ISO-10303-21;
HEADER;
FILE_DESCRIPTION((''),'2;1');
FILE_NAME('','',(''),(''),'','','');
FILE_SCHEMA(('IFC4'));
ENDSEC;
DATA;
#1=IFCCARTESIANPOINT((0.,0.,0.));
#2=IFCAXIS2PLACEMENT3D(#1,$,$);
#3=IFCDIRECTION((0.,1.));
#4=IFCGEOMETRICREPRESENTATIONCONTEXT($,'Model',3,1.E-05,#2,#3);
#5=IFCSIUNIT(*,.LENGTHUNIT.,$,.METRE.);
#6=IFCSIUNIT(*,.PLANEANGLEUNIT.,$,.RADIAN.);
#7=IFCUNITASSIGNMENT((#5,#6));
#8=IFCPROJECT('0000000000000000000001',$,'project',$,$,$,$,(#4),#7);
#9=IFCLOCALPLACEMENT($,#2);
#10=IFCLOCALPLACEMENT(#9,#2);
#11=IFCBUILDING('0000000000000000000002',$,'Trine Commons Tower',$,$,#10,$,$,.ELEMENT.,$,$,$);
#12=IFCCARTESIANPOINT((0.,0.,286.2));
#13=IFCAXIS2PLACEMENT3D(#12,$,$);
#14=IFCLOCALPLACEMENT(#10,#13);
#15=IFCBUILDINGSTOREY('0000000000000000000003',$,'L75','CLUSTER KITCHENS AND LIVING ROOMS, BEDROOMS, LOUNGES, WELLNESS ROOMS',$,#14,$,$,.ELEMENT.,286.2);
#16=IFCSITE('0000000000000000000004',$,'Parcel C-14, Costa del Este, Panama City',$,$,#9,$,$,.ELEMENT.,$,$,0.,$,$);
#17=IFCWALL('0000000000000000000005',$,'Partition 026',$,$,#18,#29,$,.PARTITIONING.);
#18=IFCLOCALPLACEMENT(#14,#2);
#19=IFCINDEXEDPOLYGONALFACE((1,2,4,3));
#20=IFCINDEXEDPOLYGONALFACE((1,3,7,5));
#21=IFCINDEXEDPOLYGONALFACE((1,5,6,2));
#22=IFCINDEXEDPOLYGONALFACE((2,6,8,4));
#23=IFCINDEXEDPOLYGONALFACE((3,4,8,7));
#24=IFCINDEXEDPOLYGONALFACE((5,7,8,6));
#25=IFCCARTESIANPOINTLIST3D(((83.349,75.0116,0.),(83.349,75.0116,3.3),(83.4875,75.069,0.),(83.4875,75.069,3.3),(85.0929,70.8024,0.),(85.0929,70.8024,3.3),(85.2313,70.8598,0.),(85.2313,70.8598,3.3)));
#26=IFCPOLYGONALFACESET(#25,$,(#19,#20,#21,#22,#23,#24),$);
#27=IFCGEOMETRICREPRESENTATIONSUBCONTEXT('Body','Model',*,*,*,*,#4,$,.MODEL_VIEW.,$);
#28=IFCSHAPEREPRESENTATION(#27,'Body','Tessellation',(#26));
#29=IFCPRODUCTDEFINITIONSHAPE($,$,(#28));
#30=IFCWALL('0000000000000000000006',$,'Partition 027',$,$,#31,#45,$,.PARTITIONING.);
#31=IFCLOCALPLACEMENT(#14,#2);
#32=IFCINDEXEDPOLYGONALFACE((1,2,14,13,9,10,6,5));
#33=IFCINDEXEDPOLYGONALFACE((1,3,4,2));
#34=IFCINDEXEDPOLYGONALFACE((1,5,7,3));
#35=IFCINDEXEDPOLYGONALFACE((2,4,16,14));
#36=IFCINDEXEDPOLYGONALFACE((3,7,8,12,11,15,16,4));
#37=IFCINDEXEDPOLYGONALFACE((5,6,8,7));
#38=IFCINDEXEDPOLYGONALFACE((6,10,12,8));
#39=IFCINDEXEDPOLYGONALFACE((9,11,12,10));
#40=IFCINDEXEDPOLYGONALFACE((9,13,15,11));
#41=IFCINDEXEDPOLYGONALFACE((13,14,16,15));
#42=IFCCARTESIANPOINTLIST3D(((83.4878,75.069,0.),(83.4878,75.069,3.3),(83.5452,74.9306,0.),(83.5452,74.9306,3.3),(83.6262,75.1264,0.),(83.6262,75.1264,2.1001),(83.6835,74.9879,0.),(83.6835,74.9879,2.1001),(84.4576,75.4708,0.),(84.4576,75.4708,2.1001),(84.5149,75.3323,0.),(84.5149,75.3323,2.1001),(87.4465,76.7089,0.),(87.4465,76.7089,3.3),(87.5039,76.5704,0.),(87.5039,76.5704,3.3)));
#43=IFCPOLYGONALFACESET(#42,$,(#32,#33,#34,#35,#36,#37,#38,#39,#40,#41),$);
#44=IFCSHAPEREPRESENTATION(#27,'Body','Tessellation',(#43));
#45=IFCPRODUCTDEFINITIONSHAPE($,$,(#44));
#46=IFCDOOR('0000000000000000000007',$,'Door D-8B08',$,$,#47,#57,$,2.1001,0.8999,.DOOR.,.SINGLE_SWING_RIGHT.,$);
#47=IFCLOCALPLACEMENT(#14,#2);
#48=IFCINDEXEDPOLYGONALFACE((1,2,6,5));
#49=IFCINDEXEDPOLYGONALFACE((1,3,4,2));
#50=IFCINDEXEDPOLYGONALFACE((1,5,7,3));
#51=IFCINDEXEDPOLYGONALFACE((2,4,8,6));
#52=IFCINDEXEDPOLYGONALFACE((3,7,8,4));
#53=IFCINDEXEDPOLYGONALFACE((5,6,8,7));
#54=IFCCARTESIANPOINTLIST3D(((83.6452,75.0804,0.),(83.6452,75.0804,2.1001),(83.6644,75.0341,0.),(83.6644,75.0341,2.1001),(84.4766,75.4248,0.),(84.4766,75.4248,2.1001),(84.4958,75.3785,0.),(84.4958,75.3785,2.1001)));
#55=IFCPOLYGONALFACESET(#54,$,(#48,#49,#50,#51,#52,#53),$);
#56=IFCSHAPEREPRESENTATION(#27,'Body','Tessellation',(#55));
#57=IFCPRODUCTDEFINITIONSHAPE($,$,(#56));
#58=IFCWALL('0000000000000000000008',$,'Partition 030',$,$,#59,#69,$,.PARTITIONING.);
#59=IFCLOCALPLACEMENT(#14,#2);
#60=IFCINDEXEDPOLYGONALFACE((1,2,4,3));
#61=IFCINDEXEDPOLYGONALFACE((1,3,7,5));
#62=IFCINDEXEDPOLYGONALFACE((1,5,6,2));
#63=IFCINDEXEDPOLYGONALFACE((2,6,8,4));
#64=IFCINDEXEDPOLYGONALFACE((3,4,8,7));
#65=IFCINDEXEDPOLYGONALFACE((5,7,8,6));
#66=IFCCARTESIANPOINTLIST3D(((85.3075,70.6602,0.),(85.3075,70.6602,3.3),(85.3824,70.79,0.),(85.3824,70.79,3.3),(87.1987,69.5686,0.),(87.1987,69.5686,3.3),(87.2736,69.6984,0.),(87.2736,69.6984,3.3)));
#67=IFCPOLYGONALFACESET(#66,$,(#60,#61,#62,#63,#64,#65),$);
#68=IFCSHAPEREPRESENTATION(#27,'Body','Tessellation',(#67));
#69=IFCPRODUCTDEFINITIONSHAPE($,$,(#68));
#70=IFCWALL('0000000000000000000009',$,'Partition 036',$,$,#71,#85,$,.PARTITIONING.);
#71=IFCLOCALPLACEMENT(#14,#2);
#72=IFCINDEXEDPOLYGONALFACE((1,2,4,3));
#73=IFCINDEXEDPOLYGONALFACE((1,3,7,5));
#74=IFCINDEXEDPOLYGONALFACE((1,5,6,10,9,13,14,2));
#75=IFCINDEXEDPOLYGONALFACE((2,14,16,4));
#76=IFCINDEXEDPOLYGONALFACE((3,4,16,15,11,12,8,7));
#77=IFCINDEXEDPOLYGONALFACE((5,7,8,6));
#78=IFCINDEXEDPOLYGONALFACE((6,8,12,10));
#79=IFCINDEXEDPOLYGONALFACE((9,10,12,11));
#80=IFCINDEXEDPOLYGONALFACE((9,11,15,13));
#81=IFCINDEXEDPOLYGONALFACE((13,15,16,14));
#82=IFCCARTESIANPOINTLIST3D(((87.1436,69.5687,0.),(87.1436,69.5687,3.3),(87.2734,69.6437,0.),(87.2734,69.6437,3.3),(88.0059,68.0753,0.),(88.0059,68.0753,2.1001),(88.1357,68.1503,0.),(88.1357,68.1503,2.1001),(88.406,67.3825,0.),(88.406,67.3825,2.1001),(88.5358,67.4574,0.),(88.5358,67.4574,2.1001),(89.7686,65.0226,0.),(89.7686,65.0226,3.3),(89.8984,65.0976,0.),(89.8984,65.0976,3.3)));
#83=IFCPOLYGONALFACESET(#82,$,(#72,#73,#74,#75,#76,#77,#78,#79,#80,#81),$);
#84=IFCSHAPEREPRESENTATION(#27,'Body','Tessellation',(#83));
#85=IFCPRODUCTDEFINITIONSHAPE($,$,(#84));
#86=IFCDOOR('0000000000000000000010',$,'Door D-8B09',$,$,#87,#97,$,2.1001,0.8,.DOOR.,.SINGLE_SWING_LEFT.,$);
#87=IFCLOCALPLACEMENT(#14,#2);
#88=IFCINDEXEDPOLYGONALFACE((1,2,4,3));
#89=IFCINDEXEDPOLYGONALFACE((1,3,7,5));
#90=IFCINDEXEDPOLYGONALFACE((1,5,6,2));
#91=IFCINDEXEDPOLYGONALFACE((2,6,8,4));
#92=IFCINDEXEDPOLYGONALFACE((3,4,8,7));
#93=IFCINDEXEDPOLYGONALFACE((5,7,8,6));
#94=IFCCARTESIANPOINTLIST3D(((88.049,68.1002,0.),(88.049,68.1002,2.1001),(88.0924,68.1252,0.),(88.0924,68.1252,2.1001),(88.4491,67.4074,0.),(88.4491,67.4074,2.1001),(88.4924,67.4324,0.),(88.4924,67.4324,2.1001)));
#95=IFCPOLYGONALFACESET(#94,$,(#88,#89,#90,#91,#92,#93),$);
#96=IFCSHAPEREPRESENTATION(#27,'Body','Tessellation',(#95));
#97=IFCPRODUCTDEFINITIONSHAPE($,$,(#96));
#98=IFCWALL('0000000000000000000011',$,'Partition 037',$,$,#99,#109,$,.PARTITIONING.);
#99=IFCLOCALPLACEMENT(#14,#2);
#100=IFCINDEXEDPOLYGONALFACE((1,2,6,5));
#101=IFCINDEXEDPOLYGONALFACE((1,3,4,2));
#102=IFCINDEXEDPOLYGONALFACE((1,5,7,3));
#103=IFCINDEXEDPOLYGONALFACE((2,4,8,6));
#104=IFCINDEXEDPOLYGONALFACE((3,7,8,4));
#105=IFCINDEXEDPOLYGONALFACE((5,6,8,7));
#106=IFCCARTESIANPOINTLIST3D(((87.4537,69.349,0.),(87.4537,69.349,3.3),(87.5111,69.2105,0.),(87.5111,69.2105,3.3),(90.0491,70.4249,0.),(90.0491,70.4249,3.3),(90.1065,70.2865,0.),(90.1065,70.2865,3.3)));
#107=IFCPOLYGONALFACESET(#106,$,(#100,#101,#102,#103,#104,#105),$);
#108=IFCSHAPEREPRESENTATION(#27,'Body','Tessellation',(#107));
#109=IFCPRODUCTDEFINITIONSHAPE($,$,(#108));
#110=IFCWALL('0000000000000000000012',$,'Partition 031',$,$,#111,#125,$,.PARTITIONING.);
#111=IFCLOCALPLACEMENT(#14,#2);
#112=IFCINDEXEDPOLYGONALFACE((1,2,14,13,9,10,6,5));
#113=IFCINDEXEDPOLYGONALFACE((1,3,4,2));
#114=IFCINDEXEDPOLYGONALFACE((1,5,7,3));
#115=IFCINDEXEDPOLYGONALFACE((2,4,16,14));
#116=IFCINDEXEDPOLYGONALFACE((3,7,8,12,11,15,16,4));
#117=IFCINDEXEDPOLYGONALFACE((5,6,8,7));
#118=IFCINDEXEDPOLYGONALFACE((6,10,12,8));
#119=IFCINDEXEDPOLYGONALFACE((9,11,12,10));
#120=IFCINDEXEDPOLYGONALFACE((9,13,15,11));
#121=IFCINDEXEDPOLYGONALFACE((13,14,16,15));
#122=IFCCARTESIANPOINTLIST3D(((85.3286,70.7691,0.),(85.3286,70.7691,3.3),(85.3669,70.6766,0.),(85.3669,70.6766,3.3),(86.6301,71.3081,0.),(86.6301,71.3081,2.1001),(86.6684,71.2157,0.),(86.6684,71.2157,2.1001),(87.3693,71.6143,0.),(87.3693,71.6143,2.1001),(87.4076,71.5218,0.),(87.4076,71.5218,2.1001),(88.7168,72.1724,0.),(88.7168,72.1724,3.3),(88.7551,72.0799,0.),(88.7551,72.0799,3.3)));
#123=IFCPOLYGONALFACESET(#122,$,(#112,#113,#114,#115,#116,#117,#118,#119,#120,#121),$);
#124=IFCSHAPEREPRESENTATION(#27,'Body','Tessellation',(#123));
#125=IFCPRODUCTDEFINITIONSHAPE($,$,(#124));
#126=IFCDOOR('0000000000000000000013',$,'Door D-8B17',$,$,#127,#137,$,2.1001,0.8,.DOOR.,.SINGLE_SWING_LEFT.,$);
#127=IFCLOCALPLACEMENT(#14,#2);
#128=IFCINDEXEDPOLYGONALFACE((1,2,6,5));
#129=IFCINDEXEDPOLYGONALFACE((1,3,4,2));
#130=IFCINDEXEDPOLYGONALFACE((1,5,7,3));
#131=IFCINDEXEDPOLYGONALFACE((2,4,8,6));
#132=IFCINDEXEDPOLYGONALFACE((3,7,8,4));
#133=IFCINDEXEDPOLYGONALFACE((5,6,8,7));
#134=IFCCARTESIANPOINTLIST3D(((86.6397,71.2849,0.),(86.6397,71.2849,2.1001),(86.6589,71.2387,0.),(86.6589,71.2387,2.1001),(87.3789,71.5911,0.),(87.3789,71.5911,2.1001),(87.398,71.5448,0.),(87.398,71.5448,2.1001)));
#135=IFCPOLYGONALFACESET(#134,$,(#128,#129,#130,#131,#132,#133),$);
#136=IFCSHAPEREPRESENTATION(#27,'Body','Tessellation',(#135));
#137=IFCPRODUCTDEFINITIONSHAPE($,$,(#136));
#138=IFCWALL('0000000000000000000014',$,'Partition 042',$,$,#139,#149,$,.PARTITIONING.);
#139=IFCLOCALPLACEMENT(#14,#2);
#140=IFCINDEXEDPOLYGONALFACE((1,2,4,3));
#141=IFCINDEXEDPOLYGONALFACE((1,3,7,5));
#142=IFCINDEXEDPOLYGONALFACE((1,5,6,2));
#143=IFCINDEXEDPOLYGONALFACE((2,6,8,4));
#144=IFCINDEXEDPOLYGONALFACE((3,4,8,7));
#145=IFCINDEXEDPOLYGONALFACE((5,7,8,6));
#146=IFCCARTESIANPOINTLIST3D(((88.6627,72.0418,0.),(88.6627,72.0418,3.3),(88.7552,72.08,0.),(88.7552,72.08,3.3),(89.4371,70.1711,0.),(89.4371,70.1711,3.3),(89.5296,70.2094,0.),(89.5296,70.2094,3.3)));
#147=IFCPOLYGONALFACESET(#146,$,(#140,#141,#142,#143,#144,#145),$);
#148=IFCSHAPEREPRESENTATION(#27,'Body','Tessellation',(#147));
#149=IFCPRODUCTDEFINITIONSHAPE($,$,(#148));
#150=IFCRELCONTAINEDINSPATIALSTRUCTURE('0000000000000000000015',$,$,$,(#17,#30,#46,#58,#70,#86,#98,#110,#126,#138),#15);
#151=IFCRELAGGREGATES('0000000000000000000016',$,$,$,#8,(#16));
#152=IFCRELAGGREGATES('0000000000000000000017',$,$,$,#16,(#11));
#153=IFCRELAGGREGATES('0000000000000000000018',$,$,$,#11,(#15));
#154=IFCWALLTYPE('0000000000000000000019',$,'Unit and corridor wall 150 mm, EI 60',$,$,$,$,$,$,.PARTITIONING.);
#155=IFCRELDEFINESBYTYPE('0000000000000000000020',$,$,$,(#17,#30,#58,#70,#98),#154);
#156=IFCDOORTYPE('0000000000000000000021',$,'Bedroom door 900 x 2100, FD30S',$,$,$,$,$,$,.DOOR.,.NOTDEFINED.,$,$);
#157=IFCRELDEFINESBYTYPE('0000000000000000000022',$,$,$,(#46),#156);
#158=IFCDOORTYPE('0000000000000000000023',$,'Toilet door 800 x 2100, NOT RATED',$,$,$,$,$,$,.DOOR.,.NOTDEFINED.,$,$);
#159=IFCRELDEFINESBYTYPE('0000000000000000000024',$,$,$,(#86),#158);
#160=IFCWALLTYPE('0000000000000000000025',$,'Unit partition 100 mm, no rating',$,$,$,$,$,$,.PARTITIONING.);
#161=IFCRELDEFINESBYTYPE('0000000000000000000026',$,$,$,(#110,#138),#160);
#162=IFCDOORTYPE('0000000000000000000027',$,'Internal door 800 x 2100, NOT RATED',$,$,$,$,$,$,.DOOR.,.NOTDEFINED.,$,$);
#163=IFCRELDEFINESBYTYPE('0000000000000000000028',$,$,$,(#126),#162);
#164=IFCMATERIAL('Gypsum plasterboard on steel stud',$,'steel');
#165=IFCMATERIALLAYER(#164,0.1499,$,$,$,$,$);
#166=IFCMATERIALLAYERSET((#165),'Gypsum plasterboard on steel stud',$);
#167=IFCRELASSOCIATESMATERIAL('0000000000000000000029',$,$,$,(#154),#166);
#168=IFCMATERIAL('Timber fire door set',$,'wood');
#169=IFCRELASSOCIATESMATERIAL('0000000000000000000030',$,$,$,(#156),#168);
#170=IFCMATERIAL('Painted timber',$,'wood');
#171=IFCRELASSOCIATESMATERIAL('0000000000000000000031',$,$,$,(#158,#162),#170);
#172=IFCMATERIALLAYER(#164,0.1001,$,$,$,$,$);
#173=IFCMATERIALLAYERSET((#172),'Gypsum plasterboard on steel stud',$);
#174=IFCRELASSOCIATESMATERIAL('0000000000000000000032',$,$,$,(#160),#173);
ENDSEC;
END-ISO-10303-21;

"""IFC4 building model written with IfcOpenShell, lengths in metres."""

from ifc_helpers import new_model, si_unit, direction, frame, frame_2d, origin, place, context, subcontext, project, spatial, rectangle, extrude, material, layer, layer_set, type_object, element, fill, save


model = new_model("IFC4")

# Units and contexts
model_context = context("Model", 3, precision=1e-05, world=origin(), true_north=direction((0.0, 1.0)))
body_context = subcontext(model_context, "Body", "Model", "MODEL_VIEW")
ifc_project = project(units=[si_unit("LENGTHUNIT", "METRE"), si_unit("PLANEANGLEUNIT", "RADIAN")], contexts=[model_context])

# Site, building, storey
site_placement = place(None, origin())
site = spatial("IfcSite", under=ifc_project, at=site_placement, Name="Parcel C-14, Costa del Este, Panama City", CompositionType="ELEMENT", RefElevation=0.0)
building_placement = place(site_placement, origin())
building = spatial("IfcBuilding", under=site, at=building_placement, Name="Trine Commons Tower", CompositionType="ELEMENT")
storey_placement = place(building_placement, frame((0.0, 0.0, 286.2)))
storey = spatial("IfcBuildingStorey", under=building, at=storey_placement, Name="L75", Description="CLUSTER KITCHENS AND LIVING ROOMS, BEDROOMS, LOUNGES, WELLNESS ROOMS", CompositionType="ELEMENT", Elevation=286.2)

# Wall
ifc_material_1 = material(Name="Gypsum plasterboard on steel stud", Category="steel")
ifc_layer_1 = layer(ifc_material_1, 0.1499)
ifc_layer_set_1 = layer_set([ifc_layer_1], Name="Gypsum plasterboard on steel stud")
wall_type_1 = type_object("IfcWallType", Name="Unit and corridor wall 150 mm, EI 60", PredefinedType="PARTITIONING", material=ifc_layer_set_1)
wall_1_placement = place(storey_placement, frame((83.4182, 75.0403, 0.0), z_axis=(0.0, 0.0, 1.0), x_axis=(0.382754, -0.92385, 0.0)))
element("IfcWall", 1, at=wall_1_placement, inside=storey, type_object=wall_type_1, Name="Partition 026", PredefinedType="PARTITIONING", context=body_context, shape_type="SweptSolid", body=[
    extrude(rectangle(XDim=4.5562, YDim=0.1499, at=frame_2d((2.2781, 0.0))), origin(), (0.0, 0.0, 1.0), 3.3),
])

# Wall, opening, door
wall_2_placement = place(storey_placement, frame((83.5164, 74.9998, 0.0), z_axis=(0.0, 0.0, 1.0), x_axis=(0.923869, 0.382709, 0.0)))
wall_2 = element("IfcWall", 2, at=wall_2_placement, inside=storey, type_object=wall_type_1, Name="Partition 027", PredefinedType="PARTITIONING", context=body_context, shape_type="SweptSolid", body=[
    extrude(rectangle(XDim=4.2849, YDim=0.1499, at=frame_2d((2.1426, 0.0))), origin(), (0.0, 0.0, 1.0), 3.3),
])
opening_1_placement = place(wall_2_placement, frame((0.1499, 0.0, 0.0)))
opening_1 = element("IfcOpeningElement", 3, at=opening_1_placement, cuts=wall_2, PredefinedType="OPENING", context=body_context, shape_type="SweptSolid", body=[
    extrude(rectangle(XDim=0.8999, YDim=2.1001, at=frame_2d((0.45, 1.05))), frame((0.0, 0.085, 0.0), z_axis=(0.0, -1.0, 0.0), x_axis=(1.0, 0.0, 0.0)), (0.0, 0.0, 1.0), 0.1699),
])
ifc_material_2 = material(Name="Timber fire door set", Category="wood")
door_type_1 = type_object("IfcDoorType", Name="Bedroom door 900 x 2100, FD30S", OperationType="NOTDEFINED", PredefinedType="DOOR", material=ifc_material_2)
door_1_placement = place(opening_1_placement, frame((0.8999, 0.0, 0.0), z_axis=(0.0, 0.0, 1.0), x_axis=(-1.0, 0.0, 0.0)))
door_1 = element("IfcDoor", 4, at=door_1_placement, inside=storey, type_object=door_type_1, Name="Door D-8B08", OperationType="SINGLE_SWING_RIGHT", OverallHeight=2.1001, OverallWidth=0.8999, PredefinedType="DOOR", context=body_context, shape_type="SweptSolid", body=[
    extrude(rectangle(XDim=0.8999, YDim=2.1001, at=frame_2d((0.45, 1.05))), frame((0.0, 0.0249, 0.0), z_axis=(0.0, -1.0, 0.0), x_axis=(1.0, 0.0, 0.0)), (0.0, 0.0, 1.0), 0.05),
])
fill(opening_1, door_1)

# Wall
wall_3_placement = place(storey_placement, frame((85.345, 70.7251, 0.0), z_axis=(0.0, 0.0, 1.0), x_axis=(0.866081, -0.499903, 0.0)))
element("IfcWall", 5, at=wall_3_placement, inside=storey, type_object=wall_type_1, Name="Partition 030", PredefinedType="PARTITIONING", context=body_context, shape_type="SweptSolid", body=[
    extrude(rectangle(XDim=2.1836, YDim=0.1499, at=frame_2d((1.0918, 0.0))), origin(), (0.0, 0.0, 1.0), 3.3),
])

# Wall, opening, door
wall_4_placement = place(storey_placement, frame((87.2085, 69.6062, 0.0), z_axis=(0.0, 0.0, 1.0), x_axis=(0.50004, -0.866002, 0.0)))
wall_4 = element("IfcWall", 6, at=wall_4_placement, inside=storey, type_object=wall_type_1, Name="Partition 036", PredefinedType="PARTITIONING", context=body_context, shape_type="SweptSolid", body=[
    extrude(rectangle(XDim=5.2495, YDim=0.1499, at=frame_2d((2.6248, 0.0))), origin(), (0.0, 0.0, 1.0), 3.3),
])
opening_2_placement = place(wall_4_placement, frame((1.7246, 0.0, 0.0)))
opening_2 = element("IfcOpeningElement", 7, at=opening_2_placement, cuts=wall_4, PredefinedType="OPENING", context=body_context, shape_type="SweptSolid", body=[
    extrude(rectangle(XDim=0.8, YDim=2.1001, at=frame_2d((0.3999, 1.05))), frame((0.0, 0.085, 0.0), z_axis=(0.0, -1.0, 0.0), x_axis=(1.0, 0.0, 0.0)), (0.0, 0.0, 1.0), 0.1699),
])
ifc_material_3 = material(Name="Painted timber", Category="wood")
door_type_2 = type_object("IfcDoorType", Name="Toilet door 800 x 2100, NOT RATED", OperationType="NOTDEFINED", PredefinedType="DOOR", material=ifc_material_3)
door_2_placement = place(opening_2_placement, origin())
door_2 = element("IfcDoor", 8, at=door_2_placement, inside=storey, type_object=door_type_2, Name="Door D-8B09", OperationType="SINGLE_SWING_LEFT", OverallHeight=2.1001, OverallWidth=0.8, PredefinedType="DOOR", context=body_context, shape_type="SweptSolid", body=[
    extrude(rectangle(XDim=0.8, YDim=2.1001, at=frame_2d((0.3999, 1.05))), frame((0.0, 0.0249, 0.0), z_axis=(0.0, -1.0, 0.0), x_axis=(1.0, 0.0, 0.0)), (0.0, 0.0, 1.0), 0.05),
])
fill(opening_2, door_2)

# Wall
wall_5_placement = place(storey_placement, frame((87.4824, 69.2798, 0.0), z_axis=(0.0, 0.0, 1.0), x_axis=(0.923772, 0.382943, 0.0)))
element("IfcWall", 9, at=wall_5_placement, inside=storey, type_object=wall_type_1, Name="Partition 037", PredefinedType="PARTITIONING", context=body_context, shape_type="SweptSolid", body=[
    extrude(rectangle(XDim=2.8096, YDim=0.1499, at=frame_2d((1.4048, 0.0))), origin(), (0.0, 0.0, 1.0), 3.3),
])

# Wall, opening, door
ifc_layer_2 = layer(ifc_material_1, 0.1001)
ifc_layer_set_2 = layer_set([ifc_layer_2], Name="Gypsum plasterboard on steel stud")
wall_type_2 = type_object("IfcWallType", Name="Unit partition 100 mm, no rating", PredefinedType="PARTITIONING", material=ifc_layer_set_2)
wall_6_placement = place(storey_placement, frame((85.3479, 70.7229, 0.0), z_axis=(0.0, 0.0, 1.0), x_axis=(0.92389, 0.382658, 0.0)))
wall_6 = element("IfcWall", 10, at=wall_6_placement, inside=storey, type_object=wall_type_2, Name="Partition 031", PredefinedType="PARTITIONING", context=body_context, shape_type="SweptSolid", body=[
    extrude(rectangle(XDim=3.6672, YDim=0.1001, at=frame_2d((1.8335, 0.0))), origin(), (0.0, 0.0, 1.0), 3.3),
])
opening_3_placement = place(wall_6_placement, frame((1.4087, 0.0, 0.0)))
opening_3 = element("IfcOpeningElement", 11, at=opening_3_placement, cuts=wall_6, PredefinedType="OPENING", context=body_context, shape_type="SweptSolid", body=[
    extrude(rectangle(XDim=0.8, YDim=2.1001, at=frame_2d((0.3999, 1.05))), frame((0.0, 0.0601, 0.0), z_axis=(0.0, -1.0, 0.0), x_axis=(1.0, 0.0, 0.0)), (0.0, 0.0, 1.0), 0.1201),
])
door_type_3 = type_object("IfcDoorType", Name="Internal door 800 x 2100, NOT RATED", OperationType="NOTDEFINED", PredefinedType="DOOR", material=ifc_material_3)
door_3_placement = place(opening_3_placement, origin())
door_3 = element("IfcDoor", 12, at=door_3_placement, inside=storey, type_object=door_type_3, Name="Door D-8B17", OperationType="SINGLE_SWING_LEFT", OverallHeight=2.1001, OverallWidth=0.8, PredefinedType="DOOR", context=body_context, shape_type="SweptSolid", body=[
    extrude(rectangle(XDim=0.8, YDim=2.1001, at=frame_2d((0.3999, 1.05))), frame((0.0, 0.0249, 0.0), z_axis=(0.0, -1.0, 0.0), x_axis=(1.0, 0.0, 0.0)), (0.0, 0.0, 1.0), 0.05),
])
fill(opening_3, door_3)

# Wall
wall_7_placement = place(storey_placement, frame((88.709, 72.0608, 0.0), z_axis=(0.0, 0.0, 1.0), x_axis=(0.382508, -0.923952, 0.0)))
element("IfcWall", 13, at=wall_7_placement, inside=storey, type_object=wall_type_2, Name="Partition 042", PredefinedType="PARTITIONING", context=body_context, shape_type="SweptSolid", body=[
    extrude(rectangle(XDim=2.0247, YDim=0.1001, at=frame_2d((1.0122, 0.0))), origin(), (0.0, 0.0, 1.0), 3.3),
])

save(model, "model.ifc")
